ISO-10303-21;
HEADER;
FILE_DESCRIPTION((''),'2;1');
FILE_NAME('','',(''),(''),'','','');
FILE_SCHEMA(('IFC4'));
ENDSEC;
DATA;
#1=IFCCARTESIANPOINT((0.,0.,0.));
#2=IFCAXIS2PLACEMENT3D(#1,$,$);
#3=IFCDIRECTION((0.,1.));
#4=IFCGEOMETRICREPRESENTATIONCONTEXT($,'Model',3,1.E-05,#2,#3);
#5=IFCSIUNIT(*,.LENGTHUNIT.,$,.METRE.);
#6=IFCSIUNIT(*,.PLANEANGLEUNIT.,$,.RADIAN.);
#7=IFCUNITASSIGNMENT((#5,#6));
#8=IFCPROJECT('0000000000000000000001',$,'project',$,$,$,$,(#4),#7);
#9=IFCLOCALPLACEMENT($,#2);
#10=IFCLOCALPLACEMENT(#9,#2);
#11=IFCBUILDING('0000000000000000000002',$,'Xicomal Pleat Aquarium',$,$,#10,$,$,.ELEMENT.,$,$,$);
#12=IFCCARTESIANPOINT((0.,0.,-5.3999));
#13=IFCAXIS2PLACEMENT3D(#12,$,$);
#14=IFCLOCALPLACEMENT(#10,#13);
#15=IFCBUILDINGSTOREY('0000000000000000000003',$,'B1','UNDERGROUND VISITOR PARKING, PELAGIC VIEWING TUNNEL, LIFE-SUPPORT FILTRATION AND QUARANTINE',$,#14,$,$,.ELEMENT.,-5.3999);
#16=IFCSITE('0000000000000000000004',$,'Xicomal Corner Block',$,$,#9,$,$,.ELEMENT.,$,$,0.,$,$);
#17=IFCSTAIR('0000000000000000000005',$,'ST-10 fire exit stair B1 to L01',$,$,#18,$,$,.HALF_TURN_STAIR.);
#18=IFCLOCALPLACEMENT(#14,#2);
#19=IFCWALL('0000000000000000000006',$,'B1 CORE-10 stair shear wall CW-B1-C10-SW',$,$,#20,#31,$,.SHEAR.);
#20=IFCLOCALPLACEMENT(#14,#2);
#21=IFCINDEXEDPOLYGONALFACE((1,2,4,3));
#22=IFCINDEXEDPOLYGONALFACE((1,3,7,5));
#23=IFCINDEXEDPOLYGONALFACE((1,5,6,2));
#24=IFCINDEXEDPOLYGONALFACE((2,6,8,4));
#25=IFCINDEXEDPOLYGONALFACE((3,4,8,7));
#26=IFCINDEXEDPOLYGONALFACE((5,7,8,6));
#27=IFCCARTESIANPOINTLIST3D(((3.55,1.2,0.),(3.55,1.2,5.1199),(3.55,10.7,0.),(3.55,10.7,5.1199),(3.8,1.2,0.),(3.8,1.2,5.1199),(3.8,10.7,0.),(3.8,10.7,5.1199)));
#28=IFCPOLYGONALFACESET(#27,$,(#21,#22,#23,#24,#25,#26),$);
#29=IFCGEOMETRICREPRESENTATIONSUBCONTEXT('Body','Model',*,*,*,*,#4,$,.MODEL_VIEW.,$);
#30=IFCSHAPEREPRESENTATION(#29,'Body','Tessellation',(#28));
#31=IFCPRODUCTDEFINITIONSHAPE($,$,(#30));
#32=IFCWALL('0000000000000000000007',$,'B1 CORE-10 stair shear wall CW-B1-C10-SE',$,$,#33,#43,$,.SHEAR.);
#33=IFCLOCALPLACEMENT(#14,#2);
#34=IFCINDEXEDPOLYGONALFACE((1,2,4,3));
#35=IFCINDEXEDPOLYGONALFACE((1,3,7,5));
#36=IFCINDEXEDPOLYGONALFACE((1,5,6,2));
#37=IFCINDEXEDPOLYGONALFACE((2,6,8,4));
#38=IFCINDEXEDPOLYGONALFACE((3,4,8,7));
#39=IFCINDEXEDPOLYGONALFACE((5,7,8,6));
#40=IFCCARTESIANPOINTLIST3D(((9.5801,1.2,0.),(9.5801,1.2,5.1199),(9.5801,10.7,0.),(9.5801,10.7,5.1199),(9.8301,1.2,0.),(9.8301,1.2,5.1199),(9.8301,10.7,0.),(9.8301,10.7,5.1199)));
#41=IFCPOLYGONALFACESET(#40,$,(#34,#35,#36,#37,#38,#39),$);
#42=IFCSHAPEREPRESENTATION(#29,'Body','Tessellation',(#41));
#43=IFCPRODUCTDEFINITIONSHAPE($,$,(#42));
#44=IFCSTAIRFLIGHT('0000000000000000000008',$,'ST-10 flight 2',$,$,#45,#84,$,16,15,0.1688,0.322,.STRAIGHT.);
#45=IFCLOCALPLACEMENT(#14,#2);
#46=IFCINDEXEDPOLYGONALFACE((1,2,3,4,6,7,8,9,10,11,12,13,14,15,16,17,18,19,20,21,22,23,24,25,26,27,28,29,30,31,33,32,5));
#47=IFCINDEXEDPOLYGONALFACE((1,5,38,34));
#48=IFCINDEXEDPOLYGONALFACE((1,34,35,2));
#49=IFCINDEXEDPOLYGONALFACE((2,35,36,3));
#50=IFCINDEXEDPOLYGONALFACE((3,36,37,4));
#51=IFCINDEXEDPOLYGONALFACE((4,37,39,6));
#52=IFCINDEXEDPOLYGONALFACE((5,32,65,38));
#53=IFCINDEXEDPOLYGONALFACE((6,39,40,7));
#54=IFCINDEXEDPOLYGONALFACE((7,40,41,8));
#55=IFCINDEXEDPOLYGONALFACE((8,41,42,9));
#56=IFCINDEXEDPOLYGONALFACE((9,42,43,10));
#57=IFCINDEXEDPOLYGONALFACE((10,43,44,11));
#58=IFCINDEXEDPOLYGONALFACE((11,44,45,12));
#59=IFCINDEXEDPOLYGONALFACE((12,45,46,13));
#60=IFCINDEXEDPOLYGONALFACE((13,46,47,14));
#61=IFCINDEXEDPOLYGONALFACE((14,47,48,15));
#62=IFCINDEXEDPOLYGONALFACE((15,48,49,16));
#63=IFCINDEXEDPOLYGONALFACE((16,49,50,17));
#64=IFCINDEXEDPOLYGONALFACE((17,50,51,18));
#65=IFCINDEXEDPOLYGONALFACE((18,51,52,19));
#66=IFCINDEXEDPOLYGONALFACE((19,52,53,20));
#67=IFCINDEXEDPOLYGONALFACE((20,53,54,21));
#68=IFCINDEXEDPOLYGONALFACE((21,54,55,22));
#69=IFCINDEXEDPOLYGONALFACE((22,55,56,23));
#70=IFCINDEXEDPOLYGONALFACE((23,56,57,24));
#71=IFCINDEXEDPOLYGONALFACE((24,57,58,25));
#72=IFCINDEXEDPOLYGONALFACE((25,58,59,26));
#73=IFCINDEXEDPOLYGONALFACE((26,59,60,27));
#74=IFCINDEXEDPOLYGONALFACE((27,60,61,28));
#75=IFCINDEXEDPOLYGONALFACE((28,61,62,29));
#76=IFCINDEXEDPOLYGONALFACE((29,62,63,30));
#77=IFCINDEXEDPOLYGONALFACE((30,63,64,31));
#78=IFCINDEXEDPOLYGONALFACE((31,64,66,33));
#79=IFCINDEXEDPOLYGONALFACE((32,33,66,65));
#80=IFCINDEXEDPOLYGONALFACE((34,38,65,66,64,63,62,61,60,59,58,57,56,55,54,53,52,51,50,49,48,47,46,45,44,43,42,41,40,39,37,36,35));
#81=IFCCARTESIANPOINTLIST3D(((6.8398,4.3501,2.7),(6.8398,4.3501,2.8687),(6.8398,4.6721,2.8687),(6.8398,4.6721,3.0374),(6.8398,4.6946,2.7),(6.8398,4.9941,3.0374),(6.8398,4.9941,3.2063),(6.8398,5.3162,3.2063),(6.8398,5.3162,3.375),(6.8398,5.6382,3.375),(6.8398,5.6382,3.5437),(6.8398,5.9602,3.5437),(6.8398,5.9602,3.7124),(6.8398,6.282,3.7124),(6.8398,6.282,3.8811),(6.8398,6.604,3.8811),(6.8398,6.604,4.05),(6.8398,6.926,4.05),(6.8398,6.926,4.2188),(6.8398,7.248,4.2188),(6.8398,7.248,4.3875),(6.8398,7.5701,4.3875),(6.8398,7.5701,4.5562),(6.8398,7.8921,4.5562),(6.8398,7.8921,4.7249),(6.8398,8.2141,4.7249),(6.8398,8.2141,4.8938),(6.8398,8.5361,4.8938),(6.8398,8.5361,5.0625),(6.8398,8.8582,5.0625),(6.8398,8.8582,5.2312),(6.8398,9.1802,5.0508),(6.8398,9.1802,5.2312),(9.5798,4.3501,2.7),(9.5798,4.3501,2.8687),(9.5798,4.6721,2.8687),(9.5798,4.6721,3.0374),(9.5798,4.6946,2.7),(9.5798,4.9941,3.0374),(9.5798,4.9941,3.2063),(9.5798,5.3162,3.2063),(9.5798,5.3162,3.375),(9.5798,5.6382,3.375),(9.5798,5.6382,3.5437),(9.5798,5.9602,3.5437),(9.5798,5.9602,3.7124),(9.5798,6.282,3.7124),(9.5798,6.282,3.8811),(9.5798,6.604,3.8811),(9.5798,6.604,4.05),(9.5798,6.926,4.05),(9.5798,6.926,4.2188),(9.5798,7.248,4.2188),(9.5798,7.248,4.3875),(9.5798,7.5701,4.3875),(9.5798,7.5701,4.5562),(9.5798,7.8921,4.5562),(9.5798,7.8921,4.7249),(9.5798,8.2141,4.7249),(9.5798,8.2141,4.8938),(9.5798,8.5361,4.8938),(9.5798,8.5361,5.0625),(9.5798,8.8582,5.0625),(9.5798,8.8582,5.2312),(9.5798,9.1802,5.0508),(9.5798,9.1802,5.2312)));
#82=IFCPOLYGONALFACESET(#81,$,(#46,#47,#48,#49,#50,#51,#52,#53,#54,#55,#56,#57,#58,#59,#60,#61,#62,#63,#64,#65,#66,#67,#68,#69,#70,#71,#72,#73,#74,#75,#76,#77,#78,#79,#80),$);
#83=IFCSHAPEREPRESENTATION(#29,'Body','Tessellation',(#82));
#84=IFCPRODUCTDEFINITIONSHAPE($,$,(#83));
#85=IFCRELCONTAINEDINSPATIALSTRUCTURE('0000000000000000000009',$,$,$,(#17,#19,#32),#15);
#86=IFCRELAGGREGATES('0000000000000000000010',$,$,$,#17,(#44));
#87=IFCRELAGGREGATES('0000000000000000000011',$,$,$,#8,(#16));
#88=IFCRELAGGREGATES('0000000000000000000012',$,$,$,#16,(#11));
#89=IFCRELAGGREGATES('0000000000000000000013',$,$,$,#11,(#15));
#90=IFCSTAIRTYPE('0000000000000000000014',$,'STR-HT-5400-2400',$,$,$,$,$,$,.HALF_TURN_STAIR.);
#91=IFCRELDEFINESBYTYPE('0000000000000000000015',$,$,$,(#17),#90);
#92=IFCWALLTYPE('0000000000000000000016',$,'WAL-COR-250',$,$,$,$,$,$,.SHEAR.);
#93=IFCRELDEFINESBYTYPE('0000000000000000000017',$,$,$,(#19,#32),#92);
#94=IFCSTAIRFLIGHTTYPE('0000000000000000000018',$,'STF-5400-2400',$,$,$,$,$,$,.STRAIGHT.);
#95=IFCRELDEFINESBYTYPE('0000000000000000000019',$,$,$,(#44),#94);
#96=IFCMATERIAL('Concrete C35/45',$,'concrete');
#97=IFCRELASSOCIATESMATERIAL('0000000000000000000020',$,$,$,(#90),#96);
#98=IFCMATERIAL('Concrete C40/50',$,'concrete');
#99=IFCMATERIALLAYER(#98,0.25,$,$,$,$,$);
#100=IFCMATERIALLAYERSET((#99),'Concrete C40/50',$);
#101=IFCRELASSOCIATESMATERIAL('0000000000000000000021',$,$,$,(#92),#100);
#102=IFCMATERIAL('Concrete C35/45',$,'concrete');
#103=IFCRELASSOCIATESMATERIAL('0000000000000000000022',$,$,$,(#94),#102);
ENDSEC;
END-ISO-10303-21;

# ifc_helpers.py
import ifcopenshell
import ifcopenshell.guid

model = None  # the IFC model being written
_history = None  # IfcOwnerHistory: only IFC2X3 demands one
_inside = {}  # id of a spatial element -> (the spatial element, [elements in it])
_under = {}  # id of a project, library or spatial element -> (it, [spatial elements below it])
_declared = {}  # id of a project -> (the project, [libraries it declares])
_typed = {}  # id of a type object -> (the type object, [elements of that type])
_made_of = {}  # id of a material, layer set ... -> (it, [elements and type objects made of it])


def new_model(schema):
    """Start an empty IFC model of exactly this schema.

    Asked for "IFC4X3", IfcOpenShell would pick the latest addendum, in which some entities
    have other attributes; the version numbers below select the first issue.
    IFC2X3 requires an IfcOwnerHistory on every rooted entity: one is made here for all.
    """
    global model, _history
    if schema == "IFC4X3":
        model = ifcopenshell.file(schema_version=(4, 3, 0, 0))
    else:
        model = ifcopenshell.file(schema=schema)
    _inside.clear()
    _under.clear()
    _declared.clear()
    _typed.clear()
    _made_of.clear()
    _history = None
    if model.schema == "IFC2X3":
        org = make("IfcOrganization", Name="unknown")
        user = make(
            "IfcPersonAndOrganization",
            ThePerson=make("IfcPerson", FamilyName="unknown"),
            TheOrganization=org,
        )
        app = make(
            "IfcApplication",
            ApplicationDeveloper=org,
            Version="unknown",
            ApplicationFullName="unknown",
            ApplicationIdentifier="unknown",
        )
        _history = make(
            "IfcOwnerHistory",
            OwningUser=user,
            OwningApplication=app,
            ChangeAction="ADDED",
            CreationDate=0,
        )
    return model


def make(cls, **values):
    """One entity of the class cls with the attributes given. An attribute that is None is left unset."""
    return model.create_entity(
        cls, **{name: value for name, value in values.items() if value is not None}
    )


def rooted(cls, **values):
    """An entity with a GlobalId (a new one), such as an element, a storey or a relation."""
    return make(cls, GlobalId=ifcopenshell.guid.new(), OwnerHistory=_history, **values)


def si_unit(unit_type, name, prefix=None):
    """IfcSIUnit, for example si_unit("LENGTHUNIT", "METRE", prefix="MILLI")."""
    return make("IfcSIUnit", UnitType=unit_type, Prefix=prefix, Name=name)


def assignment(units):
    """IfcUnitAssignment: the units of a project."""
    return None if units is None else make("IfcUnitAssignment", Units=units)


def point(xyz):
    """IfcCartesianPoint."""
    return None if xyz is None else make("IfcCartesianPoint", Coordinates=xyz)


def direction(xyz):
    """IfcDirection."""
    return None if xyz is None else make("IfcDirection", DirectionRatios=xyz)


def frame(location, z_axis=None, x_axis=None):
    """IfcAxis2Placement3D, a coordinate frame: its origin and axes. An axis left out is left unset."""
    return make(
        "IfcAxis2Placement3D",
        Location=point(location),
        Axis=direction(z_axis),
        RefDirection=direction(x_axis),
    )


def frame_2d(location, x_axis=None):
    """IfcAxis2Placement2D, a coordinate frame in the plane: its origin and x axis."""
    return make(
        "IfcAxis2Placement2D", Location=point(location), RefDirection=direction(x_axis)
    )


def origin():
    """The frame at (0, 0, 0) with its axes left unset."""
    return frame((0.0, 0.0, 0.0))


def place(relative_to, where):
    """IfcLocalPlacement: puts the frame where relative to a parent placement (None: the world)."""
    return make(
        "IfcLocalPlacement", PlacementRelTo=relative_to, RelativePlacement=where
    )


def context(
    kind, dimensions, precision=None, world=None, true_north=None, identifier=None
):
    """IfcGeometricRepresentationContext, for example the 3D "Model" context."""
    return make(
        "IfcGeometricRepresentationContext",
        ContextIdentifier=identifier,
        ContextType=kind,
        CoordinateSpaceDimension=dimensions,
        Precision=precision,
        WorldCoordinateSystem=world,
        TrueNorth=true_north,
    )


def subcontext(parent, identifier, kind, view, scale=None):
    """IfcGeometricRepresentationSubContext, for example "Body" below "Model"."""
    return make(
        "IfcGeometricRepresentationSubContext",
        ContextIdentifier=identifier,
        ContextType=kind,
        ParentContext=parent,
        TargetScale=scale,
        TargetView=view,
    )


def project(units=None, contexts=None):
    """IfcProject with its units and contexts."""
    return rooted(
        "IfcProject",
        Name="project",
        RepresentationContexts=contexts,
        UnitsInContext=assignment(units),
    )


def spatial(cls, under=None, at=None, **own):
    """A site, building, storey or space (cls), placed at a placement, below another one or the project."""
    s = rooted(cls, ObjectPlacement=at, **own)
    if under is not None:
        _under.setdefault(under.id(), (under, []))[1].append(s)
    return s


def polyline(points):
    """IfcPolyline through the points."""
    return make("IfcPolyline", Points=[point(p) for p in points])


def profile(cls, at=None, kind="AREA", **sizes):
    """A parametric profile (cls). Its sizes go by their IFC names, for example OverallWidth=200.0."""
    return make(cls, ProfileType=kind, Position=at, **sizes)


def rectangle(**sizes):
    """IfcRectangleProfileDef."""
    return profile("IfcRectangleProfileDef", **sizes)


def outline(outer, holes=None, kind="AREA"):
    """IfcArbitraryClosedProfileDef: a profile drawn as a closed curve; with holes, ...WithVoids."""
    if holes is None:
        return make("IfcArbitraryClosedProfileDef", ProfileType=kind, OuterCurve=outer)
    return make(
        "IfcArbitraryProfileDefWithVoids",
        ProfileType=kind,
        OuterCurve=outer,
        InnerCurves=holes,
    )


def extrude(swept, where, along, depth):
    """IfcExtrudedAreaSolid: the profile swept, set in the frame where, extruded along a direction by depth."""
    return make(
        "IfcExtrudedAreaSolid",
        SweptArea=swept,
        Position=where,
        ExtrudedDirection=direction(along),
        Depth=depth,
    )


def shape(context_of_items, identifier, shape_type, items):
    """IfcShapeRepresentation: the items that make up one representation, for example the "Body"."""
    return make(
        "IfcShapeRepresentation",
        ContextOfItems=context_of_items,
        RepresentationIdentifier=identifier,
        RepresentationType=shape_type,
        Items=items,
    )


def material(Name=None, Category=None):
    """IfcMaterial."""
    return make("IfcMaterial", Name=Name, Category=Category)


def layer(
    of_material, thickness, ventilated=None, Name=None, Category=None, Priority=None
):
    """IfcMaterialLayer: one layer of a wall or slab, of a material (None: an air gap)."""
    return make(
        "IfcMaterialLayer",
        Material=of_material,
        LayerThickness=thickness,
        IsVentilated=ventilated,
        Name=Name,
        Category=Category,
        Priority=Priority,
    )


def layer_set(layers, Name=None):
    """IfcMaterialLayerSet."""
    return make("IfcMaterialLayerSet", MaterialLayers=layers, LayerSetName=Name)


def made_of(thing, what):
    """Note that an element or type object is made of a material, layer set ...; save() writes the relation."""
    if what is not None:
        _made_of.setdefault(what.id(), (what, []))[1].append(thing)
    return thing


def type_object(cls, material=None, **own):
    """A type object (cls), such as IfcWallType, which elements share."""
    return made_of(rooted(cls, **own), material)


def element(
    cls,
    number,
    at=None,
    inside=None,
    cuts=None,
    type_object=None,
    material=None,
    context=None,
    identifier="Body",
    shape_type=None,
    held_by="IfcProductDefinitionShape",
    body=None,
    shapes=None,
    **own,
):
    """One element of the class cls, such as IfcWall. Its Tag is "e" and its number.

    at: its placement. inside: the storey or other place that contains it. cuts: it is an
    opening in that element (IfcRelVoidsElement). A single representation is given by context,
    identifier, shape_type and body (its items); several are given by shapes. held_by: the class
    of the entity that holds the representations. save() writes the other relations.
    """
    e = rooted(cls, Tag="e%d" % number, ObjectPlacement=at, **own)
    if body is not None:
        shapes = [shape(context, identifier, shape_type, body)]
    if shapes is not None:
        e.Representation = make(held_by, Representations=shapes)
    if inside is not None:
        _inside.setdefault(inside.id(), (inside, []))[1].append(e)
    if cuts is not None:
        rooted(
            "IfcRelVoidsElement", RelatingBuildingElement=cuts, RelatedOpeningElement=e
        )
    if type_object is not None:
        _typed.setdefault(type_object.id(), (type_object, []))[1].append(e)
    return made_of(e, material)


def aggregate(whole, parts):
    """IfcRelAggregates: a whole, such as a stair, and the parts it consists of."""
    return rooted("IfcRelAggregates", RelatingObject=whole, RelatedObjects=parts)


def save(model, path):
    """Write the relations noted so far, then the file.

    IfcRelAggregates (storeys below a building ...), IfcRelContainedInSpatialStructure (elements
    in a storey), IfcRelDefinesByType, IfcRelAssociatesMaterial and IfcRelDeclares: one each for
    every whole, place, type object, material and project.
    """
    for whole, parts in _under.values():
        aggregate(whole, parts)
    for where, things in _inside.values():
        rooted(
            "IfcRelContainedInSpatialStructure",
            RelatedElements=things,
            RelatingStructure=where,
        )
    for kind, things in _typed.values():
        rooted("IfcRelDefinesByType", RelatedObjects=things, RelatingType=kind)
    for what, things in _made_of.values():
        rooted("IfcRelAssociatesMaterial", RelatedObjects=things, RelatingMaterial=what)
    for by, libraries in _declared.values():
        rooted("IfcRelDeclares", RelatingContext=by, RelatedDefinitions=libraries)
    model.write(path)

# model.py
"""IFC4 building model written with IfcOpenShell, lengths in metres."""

from ifc_helpers import new_model, si_unit, direction, frame, frame_2d, origin, place, context, subcontext, project, spatial, polyline, rectangle, outline, extrude, material, layer, layer_set, type_object, element, aggregate, save


model = new_model("IFC4")

# Units and contexts
model_context = context("Model", 3, precision=1e-05, world=origin(), true_north=direction((0.0, 1.0)))
body_context = subcontext(model_context, "Body", "Model", "MODEL_VIEW")
ifc_project = project(units=[si_unit("LENGTHUNIT", "METRE"), si_unit("PLANEANGLEUNIT", "RADIAN")], contexts=[model_context])

# Site, building, storey
site_placement = place(None, origin())
site = spatial("IfcSite", under=ifc_project, at=site_placement, Name="Xicomal Corner Block", CompositionType="ELEMENT", RefElevation=0.0)
building_placement = place(site_placement, origin())
building = spatial("IfcBuilding", under=site, at=building_placement, Name="Xicomal Pleat Aquarium", CompositionType="ELEMENT")
storey_placement = place(building_placement, frame((0.0, 0.0, -5.3999)))
storey = spatial("IfcBuildingStorey", under=building, at=storey_placement, Name="B1", Description="UNDERGROUND VISITOR PARKING, PELAGIC VIEWING TUNNEL, LIFE-SUPPORT FILTRATION AND QUARANTINE", CompositionType="ELEMENT", Elevation=-5.3999)

# Stair
ifc_material_1 = material(Name="Concrete C35/45", Category="concrete")
stair_type = type_object("IfcStairType", Name="STR-HT-5400-2400", PredefinedType="HALF_TURN_STAIR", material=ifc_material_1)
stair_1_placement = place(storey_placement, origin())
stair_1 = element("IfcStair", 1, at=stair_1_placement, inside=storey, type_object=stair_type, Name="ST-10 fire exit stair B1 to L01", PredefinedType="HALF_TURN_STAIR")

# Walls
ifc_material_2 = material(Name="Concrete C40/50", Category="concrete")
ifc_layer_1 = layer(ifc_material_2, 0.25)
ifc_layer_set_1 = layer_set([ifc_layer_1], Name="Concrete C40/50")
wall_type = type_object("IfcWallType", Name="WAL-COR-250", PredefinedType="SHEAR", material=ifc_layer_set_1)
for number, where, z_axis, x_axis, name in (
    (2, (3.675, 1.2, 0.0), (0.0, 0.0, 1.0), (0.0, 1.0, 0.0), "B1 CORE-10 stair shear wall CW-B1-C10-SW"),
    (3, (9.7051, 1.2, 0.0), (0.0, 0.0, 1.0), (0.0, 1.0, 0.0), "B1 CORE-10 stair shear wall CW-B1-C10-SE"),
):
    element("IfcWall", number, at=place(storey_placement, frame(where, z_axis=z_axis, x_axis=x_axis)), inside=storey, type_object=wall_type, Name=name, PredefinedType="SHEAR", context=body_context, shape_type="SweptSolid", body=[
        extrude(rectangle(XDim=9.5, YDim=0.25, at=frame_2d((4.75, 0.0))), origin(), (0.0, 0.0, 1.0), 5.1199),
    ])

# Stair flight
ifc_material_3 = material(Name="Concrete C35/45", Category="concrete")
stair_flight_type = type_object("IfcStairFlightType", Name="STF-5400-2400", PredefinedType="STRAIGHT", material=ifc_material_3)
stair_flight_placement = place(storey_placement, frame((8.21, 4.3501, 2.7), z_axis=(0.0, 0.0, 1.0), x_axis=(0.0, 1.0, 0.0)))
stair_flight = element("IfcStairFlight", 4, at=stair_flight_placement, type_object=stair_flight_type, Name="ST-10 flight 2", NumberOfRisers=16, NumberOfTreads=15, PredefinedType="STRAIGHT", RiserHeight=0.1688, TreadLength=0.322, context=body_context, shape_type="SweptSolid", body=[
    extrude(outline(polyline([(0.0, 0.0), (0.0, 0.1687), (0.322, 0.1687), (0.322, 0.3374), (0.644, 0.3374), (0.644, 0.5063), (0.9661, 0.5063), (0.9661, 0.675), (1.2881, 0.675), (1.2881, 0.8438), (1.6101, 0.8438), (1.6101, 1.0125), (1.9319, 1.0125), (1.9319, 1.1812), (2.2539, 1.1812), (2.2539, 1.3501), (2.5759, 1.3501), (2.5759, 1.5188), (2.8979, 1.5188), (2.8979, 1.6875), (3.22, 1.6875), (3.22, 1.8562), (3.542, 1.8562), (3.542, 2.0249), (3.864, 2.0249), (3.864, 2.1938), (4.186, 2.1938), (4.186, 2.3625), (4.5081, 2.3625), (4.5081, 2.5312), (4.8301, 2.5312), (4.8301, 2.7), (4.8301, 2.3508), (0.3445, 0.0), (0.0, 0.0)])), frame((0.0, 1.3701, 0.0), z_axis=(0.0, -1.0, 0.0), x_axis=(1.0, 0.0, 0.0)), (0.0, 0.0, 1.0), 2.74),
])
aggregate(stair_1, [stair_flight])

save(model, "model.ifc")
